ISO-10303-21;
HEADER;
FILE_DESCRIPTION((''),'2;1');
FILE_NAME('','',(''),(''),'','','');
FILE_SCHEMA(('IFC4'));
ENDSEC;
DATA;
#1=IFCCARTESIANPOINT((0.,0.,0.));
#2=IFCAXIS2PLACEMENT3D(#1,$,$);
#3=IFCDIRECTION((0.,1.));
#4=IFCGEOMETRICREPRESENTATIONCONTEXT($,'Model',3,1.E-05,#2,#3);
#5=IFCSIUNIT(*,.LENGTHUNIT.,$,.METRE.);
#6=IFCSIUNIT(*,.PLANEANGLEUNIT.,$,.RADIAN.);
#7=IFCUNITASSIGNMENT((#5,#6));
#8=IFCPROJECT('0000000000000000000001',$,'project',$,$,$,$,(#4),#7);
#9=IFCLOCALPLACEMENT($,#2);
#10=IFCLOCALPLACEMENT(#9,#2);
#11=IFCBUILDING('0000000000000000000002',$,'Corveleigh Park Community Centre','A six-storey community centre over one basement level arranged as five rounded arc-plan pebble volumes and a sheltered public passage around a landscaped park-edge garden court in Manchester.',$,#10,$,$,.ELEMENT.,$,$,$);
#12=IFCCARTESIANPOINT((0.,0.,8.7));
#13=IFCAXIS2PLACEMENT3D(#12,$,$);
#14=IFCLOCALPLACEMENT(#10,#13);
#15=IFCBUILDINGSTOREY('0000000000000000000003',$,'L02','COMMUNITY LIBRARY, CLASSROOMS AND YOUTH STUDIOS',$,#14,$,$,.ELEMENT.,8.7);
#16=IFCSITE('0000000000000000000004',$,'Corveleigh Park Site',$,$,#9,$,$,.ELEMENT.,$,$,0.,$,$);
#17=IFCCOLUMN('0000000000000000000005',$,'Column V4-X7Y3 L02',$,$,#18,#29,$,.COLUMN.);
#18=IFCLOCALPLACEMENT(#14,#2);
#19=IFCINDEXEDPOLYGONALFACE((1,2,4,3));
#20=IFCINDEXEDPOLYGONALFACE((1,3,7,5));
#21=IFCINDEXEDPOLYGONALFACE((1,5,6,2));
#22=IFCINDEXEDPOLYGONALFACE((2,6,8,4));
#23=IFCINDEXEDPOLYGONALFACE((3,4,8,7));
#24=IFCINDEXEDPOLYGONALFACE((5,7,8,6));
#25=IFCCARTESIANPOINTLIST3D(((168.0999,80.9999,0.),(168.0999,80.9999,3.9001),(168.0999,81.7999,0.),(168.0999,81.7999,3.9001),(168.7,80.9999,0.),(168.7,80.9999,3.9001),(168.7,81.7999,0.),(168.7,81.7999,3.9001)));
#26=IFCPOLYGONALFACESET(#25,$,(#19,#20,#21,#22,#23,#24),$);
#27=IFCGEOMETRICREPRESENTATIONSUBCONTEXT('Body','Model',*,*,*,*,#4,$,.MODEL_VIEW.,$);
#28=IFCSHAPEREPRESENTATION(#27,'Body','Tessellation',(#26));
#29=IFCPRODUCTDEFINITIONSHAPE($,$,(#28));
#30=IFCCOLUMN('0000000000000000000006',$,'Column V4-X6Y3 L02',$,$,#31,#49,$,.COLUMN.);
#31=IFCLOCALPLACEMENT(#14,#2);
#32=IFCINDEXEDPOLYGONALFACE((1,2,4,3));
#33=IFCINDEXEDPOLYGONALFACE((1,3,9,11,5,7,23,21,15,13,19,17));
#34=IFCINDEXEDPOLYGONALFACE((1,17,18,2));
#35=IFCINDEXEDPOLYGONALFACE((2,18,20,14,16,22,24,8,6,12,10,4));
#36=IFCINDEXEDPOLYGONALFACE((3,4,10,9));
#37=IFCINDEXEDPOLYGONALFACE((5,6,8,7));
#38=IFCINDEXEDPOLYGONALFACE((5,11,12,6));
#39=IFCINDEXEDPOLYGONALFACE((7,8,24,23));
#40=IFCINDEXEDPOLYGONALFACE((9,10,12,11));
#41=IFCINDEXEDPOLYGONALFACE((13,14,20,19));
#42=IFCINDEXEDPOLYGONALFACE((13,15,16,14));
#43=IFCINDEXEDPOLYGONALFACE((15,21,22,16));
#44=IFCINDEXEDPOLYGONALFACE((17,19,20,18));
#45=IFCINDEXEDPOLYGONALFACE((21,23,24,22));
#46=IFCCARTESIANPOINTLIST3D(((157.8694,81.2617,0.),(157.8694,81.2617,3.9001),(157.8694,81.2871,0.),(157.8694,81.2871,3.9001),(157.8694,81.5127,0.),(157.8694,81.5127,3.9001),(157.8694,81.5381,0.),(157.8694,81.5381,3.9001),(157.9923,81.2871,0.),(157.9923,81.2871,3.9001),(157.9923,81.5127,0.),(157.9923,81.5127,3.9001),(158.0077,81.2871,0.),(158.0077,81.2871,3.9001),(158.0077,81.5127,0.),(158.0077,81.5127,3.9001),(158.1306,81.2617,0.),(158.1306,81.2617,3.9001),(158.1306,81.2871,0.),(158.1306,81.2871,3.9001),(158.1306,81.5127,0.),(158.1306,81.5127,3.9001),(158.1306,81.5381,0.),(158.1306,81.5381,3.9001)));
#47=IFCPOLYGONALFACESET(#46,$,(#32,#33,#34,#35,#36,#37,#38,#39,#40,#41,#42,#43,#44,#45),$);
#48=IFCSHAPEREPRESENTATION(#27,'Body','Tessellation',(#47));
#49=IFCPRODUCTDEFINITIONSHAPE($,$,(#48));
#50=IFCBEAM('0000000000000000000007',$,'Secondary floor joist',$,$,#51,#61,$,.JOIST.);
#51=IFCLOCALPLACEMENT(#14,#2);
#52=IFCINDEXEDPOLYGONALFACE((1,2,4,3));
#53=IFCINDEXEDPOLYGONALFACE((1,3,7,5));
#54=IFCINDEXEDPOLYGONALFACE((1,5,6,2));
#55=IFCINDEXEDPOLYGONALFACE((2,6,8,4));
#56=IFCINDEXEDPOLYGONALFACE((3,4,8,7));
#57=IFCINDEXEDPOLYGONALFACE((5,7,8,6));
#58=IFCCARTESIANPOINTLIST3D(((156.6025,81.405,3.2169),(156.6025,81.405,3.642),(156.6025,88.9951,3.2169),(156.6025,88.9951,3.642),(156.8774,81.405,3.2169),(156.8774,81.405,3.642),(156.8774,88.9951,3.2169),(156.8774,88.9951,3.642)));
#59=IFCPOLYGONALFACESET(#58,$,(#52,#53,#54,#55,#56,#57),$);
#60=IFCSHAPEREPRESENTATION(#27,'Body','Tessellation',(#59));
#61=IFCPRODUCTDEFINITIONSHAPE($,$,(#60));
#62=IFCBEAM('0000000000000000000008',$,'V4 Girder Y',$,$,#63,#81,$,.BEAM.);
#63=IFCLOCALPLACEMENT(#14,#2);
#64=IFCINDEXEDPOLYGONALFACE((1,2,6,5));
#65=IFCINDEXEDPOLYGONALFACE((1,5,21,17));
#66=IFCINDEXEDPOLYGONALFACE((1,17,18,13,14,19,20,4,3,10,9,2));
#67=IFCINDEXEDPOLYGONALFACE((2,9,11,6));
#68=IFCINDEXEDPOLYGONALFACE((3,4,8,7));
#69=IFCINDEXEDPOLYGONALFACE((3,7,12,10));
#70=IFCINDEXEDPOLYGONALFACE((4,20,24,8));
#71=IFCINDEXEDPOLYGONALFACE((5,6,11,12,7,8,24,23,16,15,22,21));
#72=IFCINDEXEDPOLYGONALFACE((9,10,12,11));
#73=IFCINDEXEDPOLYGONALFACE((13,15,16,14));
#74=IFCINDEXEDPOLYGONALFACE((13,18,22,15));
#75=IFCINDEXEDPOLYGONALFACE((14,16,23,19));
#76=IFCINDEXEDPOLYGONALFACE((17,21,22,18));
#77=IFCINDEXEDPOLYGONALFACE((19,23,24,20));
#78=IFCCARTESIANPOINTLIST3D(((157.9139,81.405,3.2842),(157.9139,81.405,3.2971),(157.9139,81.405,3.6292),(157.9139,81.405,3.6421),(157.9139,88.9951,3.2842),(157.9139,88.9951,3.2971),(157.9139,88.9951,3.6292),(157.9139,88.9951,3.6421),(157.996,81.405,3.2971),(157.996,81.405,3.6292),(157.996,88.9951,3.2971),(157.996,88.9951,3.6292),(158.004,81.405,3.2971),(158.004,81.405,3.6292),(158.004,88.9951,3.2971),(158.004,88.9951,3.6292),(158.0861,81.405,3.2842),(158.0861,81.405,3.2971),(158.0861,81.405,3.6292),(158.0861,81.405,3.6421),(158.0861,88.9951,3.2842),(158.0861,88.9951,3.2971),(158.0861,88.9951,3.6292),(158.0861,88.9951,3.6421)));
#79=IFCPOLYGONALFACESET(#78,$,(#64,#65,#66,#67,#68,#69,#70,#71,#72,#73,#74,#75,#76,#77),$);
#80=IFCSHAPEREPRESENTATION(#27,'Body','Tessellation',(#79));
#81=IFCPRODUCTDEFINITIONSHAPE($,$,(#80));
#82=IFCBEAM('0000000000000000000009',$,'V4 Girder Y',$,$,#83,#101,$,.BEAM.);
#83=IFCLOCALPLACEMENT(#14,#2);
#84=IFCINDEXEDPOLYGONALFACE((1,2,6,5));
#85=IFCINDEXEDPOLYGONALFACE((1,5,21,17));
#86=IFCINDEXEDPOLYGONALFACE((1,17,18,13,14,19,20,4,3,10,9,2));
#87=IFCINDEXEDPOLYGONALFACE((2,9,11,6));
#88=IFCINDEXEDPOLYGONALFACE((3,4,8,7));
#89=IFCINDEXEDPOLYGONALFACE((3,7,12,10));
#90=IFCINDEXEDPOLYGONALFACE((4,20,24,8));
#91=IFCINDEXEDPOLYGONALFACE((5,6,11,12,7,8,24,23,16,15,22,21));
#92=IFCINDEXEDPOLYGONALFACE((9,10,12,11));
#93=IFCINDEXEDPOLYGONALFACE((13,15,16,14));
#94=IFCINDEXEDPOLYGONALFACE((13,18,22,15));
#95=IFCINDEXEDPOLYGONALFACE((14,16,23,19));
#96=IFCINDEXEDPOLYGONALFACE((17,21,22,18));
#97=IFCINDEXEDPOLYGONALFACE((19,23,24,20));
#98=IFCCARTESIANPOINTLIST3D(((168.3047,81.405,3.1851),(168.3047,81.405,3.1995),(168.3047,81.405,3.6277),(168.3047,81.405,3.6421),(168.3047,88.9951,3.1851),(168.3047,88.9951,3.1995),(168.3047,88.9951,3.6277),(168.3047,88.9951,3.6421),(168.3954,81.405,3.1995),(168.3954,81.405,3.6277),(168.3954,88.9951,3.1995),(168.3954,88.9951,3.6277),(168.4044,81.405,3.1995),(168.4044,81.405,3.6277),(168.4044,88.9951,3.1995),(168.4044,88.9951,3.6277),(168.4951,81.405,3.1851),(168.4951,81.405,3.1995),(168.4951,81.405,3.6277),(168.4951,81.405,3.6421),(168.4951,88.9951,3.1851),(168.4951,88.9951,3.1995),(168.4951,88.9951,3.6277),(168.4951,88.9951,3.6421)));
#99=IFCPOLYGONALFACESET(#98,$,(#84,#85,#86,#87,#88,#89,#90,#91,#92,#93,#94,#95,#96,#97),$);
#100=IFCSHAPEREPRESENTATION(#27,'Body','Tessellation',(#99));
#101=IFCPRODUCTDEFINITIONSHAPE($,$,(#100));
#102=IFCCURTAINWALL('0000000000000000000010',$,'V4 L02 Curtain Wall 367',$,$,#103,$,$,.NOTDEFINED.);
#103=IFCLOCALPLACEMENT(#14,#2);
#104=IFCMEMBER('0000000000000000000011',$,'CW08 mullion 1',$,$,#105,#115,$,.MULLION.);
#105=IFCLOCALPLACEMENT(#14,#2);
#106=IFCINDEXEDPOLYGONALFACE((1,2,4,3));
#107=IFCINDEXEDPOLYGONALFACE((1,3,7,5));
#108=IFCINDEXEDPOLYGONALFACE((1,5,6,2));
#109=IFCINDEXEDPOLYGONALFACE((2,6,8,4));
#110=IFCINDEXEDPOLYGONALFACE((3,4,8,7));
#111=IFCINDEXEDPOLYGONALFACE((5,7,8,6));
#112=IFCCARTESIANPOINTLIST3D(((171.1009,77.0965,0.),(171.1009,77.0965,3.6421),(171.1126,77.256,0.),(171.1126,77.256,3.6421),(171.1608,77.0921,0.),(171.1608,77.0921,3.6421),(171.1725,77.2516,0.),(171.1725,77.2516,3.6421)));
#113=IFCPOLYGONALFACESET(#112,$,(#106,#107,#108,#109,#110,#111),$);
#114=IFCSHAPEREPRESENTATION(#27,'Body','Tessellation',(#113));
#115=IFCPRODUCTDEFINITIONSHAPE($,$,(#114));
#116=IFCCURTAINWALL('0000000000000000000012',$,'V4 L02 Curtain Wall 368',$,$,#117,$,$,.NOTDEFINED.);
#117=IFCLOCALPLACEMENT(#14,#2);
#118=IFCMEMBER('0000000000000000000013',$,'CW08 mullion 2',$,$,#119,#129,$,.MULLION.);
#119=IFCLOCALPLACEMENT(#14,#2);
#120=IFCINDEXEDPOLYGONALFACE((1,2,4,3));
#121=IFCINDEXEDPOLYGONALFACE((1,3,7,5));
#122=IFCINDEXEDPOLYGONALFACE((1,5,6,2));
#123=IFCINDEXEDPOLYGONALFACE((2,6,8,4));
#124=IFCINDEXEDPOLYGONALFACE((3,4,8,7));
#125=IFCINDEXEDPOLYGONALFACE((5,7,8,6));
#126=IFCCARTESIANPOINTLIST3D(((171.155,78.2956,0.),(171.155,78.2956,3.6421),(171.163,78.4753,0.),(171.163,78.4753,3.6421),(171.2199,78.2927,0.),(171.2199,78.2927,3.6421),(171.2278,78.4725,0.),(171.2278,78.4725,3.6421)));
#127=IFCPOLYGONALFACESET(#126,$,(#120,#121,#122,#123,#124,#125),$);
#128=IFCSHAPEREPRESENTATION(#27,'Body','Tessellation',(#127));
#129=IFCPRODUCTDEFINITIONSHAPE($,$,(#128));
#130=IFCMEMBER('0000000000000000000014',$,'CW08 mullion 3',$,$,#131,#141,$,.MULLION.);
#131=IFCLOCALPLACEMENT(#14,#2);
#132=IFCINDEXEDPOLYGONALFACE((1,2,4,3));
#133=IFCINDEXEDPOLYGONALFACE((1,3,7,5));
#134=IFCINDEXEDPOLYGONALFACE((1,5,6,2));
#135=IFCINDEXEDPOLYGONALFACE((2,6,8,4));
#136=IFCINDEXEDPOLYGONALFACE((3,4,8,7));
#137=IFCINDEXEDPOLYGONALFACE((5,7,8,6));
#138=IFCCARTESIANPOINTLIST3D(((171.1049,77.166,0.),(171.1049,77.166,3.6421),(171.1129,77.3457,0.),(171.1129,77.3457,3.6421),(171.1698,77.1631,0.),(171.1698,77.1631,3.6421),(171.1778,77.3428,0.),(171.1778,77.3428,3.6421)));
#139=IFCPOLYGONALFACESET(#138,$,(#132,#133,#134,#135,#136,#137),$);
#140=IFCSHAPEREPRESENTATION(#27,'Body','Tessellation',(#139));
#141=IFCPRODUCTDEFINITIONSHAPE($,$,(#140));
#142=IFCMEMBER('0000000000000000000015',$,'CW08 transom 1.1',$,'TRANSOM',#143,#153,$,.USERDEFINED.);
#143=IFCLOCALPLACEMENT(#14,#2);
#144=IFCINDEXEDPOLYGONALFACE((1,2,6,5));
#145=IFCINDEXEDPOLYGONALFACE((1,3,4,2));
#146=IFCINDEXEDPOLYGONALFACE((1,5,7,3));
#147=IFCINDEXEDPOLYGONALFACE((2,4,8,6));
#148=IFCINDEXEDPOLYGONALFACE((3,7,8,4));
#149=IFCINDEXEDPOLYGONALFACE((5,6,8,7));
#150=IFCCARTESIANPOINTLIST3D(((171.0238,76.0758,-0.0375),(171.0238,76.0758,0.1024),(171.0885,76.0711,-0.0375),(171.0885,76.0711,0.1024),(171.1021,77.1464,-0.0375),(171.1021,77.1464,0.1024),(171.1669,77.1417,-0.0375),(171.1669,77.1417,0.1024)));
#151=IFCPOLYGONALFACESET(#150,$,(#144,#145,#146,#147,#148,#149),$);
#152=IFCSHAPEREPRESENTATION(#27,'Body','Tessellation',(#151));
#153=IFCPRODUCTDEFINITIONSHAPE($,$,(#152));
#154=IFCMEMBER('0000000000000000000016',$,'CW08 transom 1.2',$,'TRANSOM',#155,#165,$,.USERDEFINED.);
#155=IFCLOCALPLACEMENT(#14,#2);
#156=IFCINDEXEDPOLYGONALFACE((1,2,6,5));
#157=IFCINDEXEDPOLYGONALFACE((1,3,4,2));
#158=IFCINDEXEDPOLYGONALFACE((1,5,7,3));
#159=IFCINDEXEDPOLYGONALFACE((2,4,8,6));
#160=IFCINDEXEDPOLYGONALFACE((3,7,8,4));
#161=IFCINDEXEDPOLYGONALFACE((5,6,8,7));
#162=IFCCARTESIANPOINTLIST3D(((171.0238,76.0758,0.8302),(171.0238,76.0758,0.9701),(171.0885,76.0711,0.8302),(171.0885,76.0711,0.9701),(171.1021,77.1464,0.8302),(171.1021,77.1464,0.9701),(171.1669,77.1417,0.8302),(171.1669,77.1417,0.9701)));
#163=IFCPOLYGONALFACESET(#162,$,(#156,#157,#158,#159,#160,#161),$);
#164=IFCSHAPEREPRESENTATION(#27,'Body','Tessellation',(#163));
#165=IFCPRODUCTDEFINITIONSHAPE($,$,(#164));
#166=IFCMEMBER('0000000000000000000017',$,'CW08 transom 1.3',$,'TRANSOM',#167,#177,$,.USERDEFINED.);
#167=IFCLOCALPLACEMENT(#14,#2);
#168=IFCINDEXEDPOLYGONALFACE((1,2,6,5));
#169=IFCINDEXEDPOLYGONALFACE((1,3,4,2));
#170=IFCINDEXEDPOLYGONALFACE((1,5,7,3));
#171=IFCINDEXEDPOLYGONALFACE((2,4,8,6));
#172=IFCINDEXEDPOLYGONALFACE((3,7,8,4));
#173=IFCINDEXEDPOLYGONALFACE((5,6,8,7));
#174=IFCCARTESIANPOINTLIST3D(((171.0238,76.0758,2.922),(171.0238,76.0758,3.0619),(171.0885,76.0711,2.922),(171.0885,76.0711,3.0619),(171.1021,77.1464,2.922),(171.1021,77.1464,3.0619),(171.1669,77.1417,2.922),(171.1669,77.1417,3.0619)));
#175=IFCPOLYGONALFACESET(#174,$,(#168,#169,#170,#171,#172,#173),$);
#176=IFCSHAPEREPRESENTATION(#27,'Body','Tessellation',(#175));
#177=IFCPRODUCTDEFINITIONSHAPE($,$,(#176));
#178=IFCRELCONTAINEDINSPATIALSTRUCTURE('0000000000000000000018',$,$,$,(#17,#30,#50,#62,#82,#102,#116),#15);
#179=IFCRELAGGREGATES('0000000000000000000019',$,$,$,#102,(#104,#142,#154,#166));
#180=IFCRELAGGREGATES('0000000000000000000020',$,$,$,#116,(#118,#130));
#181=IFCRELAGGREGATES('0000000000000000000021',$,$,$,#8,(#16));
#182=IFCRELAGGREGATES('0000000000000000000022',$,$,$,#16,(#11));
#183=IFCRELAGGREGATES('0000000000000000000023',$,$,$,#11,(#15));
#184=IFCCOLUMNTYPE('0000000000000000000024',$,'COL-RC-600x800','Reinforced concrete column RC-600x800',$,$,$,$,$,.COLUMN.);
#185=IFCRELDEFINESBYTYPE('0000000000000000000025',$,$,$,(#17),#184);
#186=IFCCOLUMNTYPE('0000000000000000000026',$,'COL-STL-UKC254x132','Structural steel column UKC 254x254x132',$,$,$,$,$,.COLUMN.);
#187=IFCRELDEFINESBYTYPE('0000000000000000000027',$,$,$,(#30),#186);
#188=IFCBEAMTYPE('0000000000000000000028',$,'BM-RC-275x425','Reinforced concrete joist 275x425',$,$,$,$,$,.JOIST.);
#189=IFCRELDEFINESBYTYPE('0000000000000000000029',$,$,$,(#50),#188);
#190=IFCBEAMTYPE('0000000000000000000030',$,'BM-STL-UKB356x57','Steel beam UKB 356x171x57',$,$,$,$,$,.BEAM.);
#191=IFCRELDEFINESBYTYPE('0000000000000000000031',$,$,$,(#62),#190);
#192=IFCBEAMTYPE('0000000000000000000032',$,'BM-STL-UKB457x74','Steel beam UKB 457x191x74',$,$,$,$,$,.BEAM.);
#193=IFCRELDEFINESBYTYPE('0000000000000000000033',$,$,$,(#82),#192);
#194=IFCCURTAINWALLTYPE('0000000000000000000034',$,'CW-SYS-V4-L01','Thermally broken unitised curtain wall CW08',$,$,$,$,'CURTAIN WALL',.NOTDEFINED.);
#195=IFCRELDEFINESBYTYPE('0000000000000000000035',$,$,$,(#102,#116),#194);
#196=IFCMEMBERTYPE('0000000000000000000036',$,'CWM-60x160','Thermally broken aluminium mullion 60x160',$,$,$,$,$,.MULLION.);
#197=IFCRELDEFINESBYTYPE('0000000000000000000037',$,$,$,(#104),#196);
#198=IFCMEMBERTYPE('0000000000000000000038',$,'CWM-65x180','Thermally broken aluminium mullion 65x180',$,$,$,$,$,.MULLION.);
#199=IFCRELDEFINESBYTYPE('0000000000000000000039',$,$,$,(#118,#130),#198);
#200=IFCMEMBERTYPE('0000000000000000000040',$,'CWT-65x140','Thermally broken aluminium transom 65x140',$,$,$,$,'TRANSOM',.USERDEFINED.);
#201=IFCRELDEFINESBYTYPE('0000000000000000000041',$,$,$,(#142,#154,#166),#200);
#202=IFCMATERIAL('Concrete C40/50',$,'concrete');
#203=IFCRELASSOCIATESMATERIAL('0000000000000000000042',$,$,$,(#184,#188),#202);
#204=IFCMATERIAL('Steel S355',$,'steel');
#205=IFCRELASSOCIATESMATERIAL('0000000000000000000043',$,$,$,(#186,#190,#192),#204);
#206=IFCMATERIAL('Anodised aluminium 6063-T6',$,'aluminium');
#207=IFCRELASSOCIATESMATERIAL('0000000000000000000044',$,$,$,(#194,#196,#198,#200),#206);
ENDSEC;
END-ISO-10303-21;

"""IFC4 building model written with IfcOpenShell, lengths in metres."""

from ifc_helpers import new_model, si_unit, direction, frame, origin, origin_2d, place, context, subcontext, project, spatial, rectangle, i_section, extrude, material, material_profile, profile_set, type_object, element, aggregate, save


model = new_model("IFC4")

# Units and contexts
model_context = context("Model", 3, precision=1e-05, world=origin(), true_north=direction((0.0, 1.0)))
body_context = subcontext(model_context, "Body", "Model", "MODEL_VIEW")
ifc_project = project(units=[si_unit("LENGTHUNIT", "METRE"), si_unit("PLANEANGLEUNIT", "RADIAN")], contexts=[model_context])

# Site, building, storey
site_placement = place(None, origin())
site = spatial("IfcSite", under=ifc_project, at=site_placement, Name="Corveleigh Park Site", CompositionType="ELEMENT", RefElevation=0.0)
building_placement = place(site_placement, origin())
building = spatial("IfcBuilding", under=site, at=building_placement, Name="Corveleigh Park Community Centre", Description="A six-storey community centre over one basement level arranged as five rounded arc-plan pebble volumes and a sheltered public passage around a landscaped park-edge garden court in Manchester.", CompositionType="ELEMENT")
storey_placement = place(building_placement, frame((0.0, 0.0, 8.7)))
storey = spatial("IfcBuildingStorey", under=building, at=storey_placement, Name="L02", Description="COMMUNITY LIBRARY, CLASSROOMS AND YOUTH STUDIOS", CompositionType="ELEMENT", Elevation=8.7)

# Columns
ifc_material_1 = material(Name="Concrete C40/50", Category="concrete")
ifc_material_profile_1 = material_profile(ifc_material_1, rectangle(XDim=0.6001, YDim=0.8, at=origin_2d()), Name="RC-600x800", Category="concrete")
ifc_profile_set_1 = profile_set([ifc_material_profile_1], Name="Concrete C40/50")
column_type_1 = type_object("IfcColumnType", Name="COL-RC-600x800", Description="Reinforced concrete column RC-600x800", PredefinedType="COLUMN", material=ifc_profile_set_1)
column_1_placement = place(storey_placement, frame((168.3999, 81.3999, 0.0), z_axis=(0.0, 0.0, 1.0), x_axis=(1.0, 0.0, 0.0)))
element("IfcColumn", 1, at=column_1_placement, inside=storey, type_object=column_type_1, Name="Column V4-X7Y3 L02", PredefinedType="COLUMN", context=body_context, shape_type="SweptSolid", body=[
    extrude(rectangle(XDim=0.6001, YDim=0.8, at=origin_2d()), origin(), (0.0, 0.0, 1.0), 3.9001),
])
ifc_material_2 = material(Name="Steel S355", Category="steel")
ifc_material_profile_2 = material_profile(ifc_material_2, i_section(OverallWidth=0.2612, OverallDepth=0.2764, WebThickness=0.0154, FlangeThickness=0.0254, at=origin_2d()), Name="UKC 254x254x132", Category="steel")
ifc_profile_set_2 = profile_set([ifc_material_profile_2], Name="Steel S355")
column_type_2 = type_object("IfcColumnType", Name="COL-STL-UKC254x132", Description="Structural steel column UKC 254x254x132", PredefinedType="COLUMN", material=ifc_profile_set_2)
column_2_placement = place(storey_placement, frame((158.0, 81.3999, 0.0), z_axis=(0.0, 0.0, 1.0), x_axis=(1.0, 0.0, 0.0)))
element("IfcColumn", 2, at=column_2_placement, inside=storey, type_object=column_type_2, Name="Column V4-X6Y3 L02", PredefinedType="COLUMN", context=body_context, shape_type="SweptSolid", body=[
    extrude(i_section(OverallWidth=0.2612, OverallDepth=0.2764, WebThickness=0.0154, FlangeThickness=0.0254, at=origin_2d()), origin(), (0.0, 0.0, 1.0), 3.9001),
])

# Beams
ifc_material_profile_3 = material_profile(ifc_material_1, rectangle(XDim=0.2749, YDim=0.425, at=origin_2d()), Name="RC-275x425", Category="concrete")
ifc_profile_set_3 = profile_set([ifc_material_profile_3], Name="Concrete C40/50")
beam_type_1 = type_object("IfcBeamType", Name="BM-RC-275x425", Description="Reinforced concrete joist 275x425", PredefinedType="JOIST", material=ifc_profile_set_3)
beam_1_placement = place(storey_placement, frame((156.74, 81.405, 3.4294), z_axis=(0.0, 1.0, 0.0), x_axis=(-1.0, 0.0, 0.0)))
element("IfcBeam", 3, at=beam_1_placement, inside=storey, type_object=beam_type_1, Name="Secondary floor joist", PredefinedType="JOIST", context=body_context, shape_type="SweptSolid", body=[
    extrude(rectangle(XDim=0.2749, YDim=0.425, at=origin_2d()), origin(), (0.0, 0.0, 1.0), 7.5901),
])
ifc_material_profile_4 = material_profile(ifc_material_2, i_section(OverallWidth=0.1721, OverallDepth=0.3579, WebThickness=0.0081, FlangeThickness=0.0129, at=origin_2d()), Name="UKB 356x171x57", Category="steel")
ifc_profile_set_4 = profile_set([ifc_material_profile_4], Name="Steel S355")
beam_type_2 = type_object("IfcBeamType", Name="BM-STL-UKB356x57", Description="Steel beam UKB 356x171x57", PredefinedType="BEAM", material=ifc_profile_set_4)
beam_2_placement = place(storey_placement, frame((158.0, 81.405, 3.4631), z_axis=(0.0, 1.0, 0.0), x_axis=(-1.0, 0.0, 0.0)))
element("IfcBeam", 4, at=beam_2_placement, inside=storey, type_object=beam_type_2, Name="V4 Girder Y", PredefinedType="BEAM", context=body_context, shape_type="SweptSolid", body=[
    extrude(i_section(OverallWidth=0.1721, OverallDepth=0.3579, WebThickness=0.0081, FlangeThickness=0.0129, at=origin_2d()), origin(), (0.0, 0.0, 1.0), 7.5901),
])
ifc_material_profile_5 = material_profile(ifc_material_2, i_section(OverallWidth=0.1904, OverallDepth=0.457, WebThickness=0.009, FlangeThickness=0.0144, at=origin_2d()), Name="UKB 457x191x74", Category="steel")
ifc_profile_set_5 = profile_set([ifc_material_profile_5], Name="Steel S355")
beam_type_3 = type_object("IfcBeamType", Name="BM-STL-UKB457x74", Description="Steel beam UKB 457x191x74", PredefinedType="BEAM", material=ifc_profile_set_5)
beam_3_placement = place(storey_placement, frame((168.3999, 81.405, 3.4136), z_axis=(0.0, 1.0, 0.0), x_axis=(-1.0, 0.0, 0.0)))
element("IfcBeam", 5, at=beam_3_placement, inside=storey, type_object=beam_type_3, Name="V4 Girder Y", PredefinedType="BEAM", context=body_context, shape_type="SweptSolid", body=[
    extrude(i_section(OverallWidth=0.1904, OverallDepth=0.457, WebThickness=0.009, FlangeThickness=0.0144, at=origin_2d()), origin(), (0.0, 0.0, 1.0), 7.5901),
])

# Curtain wall, member
ifc_material_3 = material(Name="Anodised aluminium 6063-T6", Category="aluminium")
curtain_wall_type = type_object("IfcCurtainWallType", Name="CW-SYS-V4-L01", Description="Thermally broken unitised curtain wall CW08", ElementType="CURTAIN WALL", PredefinedType="NOTDEFINED", material=ifc_material_3)
curtain_wall_1_placement = place(storey_placement, origin())
curtain_wall_1 = element("IfcCurtainWall", 6, at=curtain_wall_1_placement, inside=storey, type_object=curtain_wall_type, Name="V4 L02 Curtain Wall 367", PredefinedType="NOTDEFINED")
ifc_material_profile_6 = material_profile(ifc_material_3, rectangle(XDim=0.0601, YDim=0.1599, at=origin_2d()), Name="ALU-M60x160", Category="aluminium")
ifc_profile_set_6 = profile_set([ifc_material_profile_6], Name="Anodised aluminium 6063-T6")
member_type_1 = type_object("IfcMemberType", Name="CWM-60x160", Description="Thermally broken aluminium mullion 60x160", PredefinedType="MULLION", material=ifc_profile_set_6)
member_1_placement = place(storey_placement, frame((171.1367, 77.1741, 0.0), z_axis=(0.0, 0.0, 1.0), x_axis=(0.997328, -0.073049, 0.0)))
member_1 = element("IfcMember", 7, at=member_1_placement, type_object=member_type_1, Name="CW08 mullion 1", PredefinedType="MULLION", context=body_context, shape_type="SweptSolid", body=[
    extrude(rectangle(XDim=0.0601, YDim=0.1599, at=origin_2d()), origin(), (0.0, 0.0, 1.0), 3.6421),
])

# Curtain wall, members
curtain_wall_2_placement = place(storey_placement, origin())
curtain_wall_2 = element("IfcCurtainWall", 8, at=curtain_wall_2_placement, inside=storey, type_object=curtain_wall_type, Name="V4 L02 Curtain Wall 368", PredefinedType="NOTDEFINED")
ifc_material_profile_7 = material_profile(ifc_material_3, rectangle(XDim=0.0649, YDim=0.1799, at=origin_2d()), Name="ALU-M65x180", Category="aluminium")
ifc_profile_set_7 = profile_set([ifc_material_profile_7], Name="Anodised aluminium 6063-T6")
member_type_2 = type_object("IfcMemberType", Name="CWM-65x180", Description="Thermally broken aluminium mullion 65x180", PredefinedType="MULLION", material=ifc_profile_set_7)
member_2_placement = place(storey_placement, frame((171.1914, 78.384, 0.0), z_axis=(0.0, 0.0, 1.0), x_axis=(0.999019, -0.044277, 0.0)))
member_2 = element("IfcMember", 9, at=member_2_placement, type_object=member_type_2, Name="CW08 mullion 2", PredefinedType="MULLION", context=body_context, shape_type="SweptSolid", body=[
    extrude(rectangle(XDim=0.0649, YDim=0.1799, at=origin_2d()), origin(), (0.0, 0.0, 1.0), 3.6421),
])
member_3_placement = place(storey_placement, frame((171.1414, 77.2544, 0.0), z_axis=(0.0, 0.0, 1.0), x_axis=(0.999019, -0.044277, 0.0)))
member_3 = element("IfcMember", 10, at=member_3_placement, type_object=member_type_2, Name="CW08 mullion 3", PredefinedType="MULLION", context=body_context, shape_type="SweptSolid", body=[
    extrude(rectangle(XDim=0.0649, YDim=0.1799, at=origin_2d()), origin(), (0.0, 0.0, 1.0), 3.6421),
])

# Members
ifc_material_profile_8 = material_profile(ifc_material_3, rectangle(XDim=0.0649, YDim=0.1399, at=origin_2d()), Name="ALU-T65x140", Category="aluminium")
ifc_profile_set_8 = profile_set([ifc_material_profile_8], Name="Anodised aluminium 6063-T6")
member_type_3 = type_object("IfcMemberType", Name="CWT-65x140", Description="Thermally broken aluminium transom 65x140", ElementType="TRANSOM", PredefinedType="USERDEFINED", material=ifc_profile_set_8)
member_4_placement = place(storey_placement, frame((171.1345, 77.144, 0.0325), z_axis=(-0.073009, -0.997331, 0.0), x_axis=(0.997331, -0.073009, 0.0)))
member_4 = element("IfcMember", 11, at=member_4_placement, type_object=member_type_3, Name="CW08 transom 1.1", ObjectType="TRANSOM", PredefinedType="USERDEFINED", context=body_context, shape_type="SweptSolid", body=[
    extrude(rectangle(XDim=0.0649, YDim=0.1399, at=origin_2d()), origin(), (0.0, 0.0, 1.0), 1.0735),
])
member_5_placement = place(storey_placement, frame((171.1345, 77.144, 0.9001), z_axis=(-0.073009, -0.997331, 0.0), x_axis=(0.997331, -0.073009, 0.0)))
member_5 = element("IfcMember", 12, at=member_5_placement, type_object=member_type_3, Name="CW08 transom 1.2", ObjectType="TRANSOM", PredefinedType="USERDEFINED", context=body_context, shape_type="SweptSolid", body=[
    extrude(rectangle(XDim=0.0649, YDim=0.1399, at=origin_2d()), origin(), (0.0, 0.0, 1.0), 1.0735),
])
member_6_placement = place(storey_placement, frame((171.1345, 77.144, 2.9919), z_axis=(-0.073009, -0.997331, 0.0), x_axis=(0.997331, -0.073009, 0.0)))
member_6 = element("IfcMember", 13, at=member_6_placement, type_object=member_type_3, Name="CW08 transom 1.3", ObjectType="TRANSOM", PredefinedType="USERDEFINED", context=body_context, shape_type="SweptSolid", body=[
    extrude(rectangle(XDim=0.0649, YDim=0.1399, at=origin_2d()), origin(), (0.0, 0.0, 1.0), 1.0735),
])

aggregate(curtain_wall_1, [member_1, member_4, member_5, member_6])
aggregate(curtain_wall_2, [member_2, member_3])

save(model, "model.ifc")
